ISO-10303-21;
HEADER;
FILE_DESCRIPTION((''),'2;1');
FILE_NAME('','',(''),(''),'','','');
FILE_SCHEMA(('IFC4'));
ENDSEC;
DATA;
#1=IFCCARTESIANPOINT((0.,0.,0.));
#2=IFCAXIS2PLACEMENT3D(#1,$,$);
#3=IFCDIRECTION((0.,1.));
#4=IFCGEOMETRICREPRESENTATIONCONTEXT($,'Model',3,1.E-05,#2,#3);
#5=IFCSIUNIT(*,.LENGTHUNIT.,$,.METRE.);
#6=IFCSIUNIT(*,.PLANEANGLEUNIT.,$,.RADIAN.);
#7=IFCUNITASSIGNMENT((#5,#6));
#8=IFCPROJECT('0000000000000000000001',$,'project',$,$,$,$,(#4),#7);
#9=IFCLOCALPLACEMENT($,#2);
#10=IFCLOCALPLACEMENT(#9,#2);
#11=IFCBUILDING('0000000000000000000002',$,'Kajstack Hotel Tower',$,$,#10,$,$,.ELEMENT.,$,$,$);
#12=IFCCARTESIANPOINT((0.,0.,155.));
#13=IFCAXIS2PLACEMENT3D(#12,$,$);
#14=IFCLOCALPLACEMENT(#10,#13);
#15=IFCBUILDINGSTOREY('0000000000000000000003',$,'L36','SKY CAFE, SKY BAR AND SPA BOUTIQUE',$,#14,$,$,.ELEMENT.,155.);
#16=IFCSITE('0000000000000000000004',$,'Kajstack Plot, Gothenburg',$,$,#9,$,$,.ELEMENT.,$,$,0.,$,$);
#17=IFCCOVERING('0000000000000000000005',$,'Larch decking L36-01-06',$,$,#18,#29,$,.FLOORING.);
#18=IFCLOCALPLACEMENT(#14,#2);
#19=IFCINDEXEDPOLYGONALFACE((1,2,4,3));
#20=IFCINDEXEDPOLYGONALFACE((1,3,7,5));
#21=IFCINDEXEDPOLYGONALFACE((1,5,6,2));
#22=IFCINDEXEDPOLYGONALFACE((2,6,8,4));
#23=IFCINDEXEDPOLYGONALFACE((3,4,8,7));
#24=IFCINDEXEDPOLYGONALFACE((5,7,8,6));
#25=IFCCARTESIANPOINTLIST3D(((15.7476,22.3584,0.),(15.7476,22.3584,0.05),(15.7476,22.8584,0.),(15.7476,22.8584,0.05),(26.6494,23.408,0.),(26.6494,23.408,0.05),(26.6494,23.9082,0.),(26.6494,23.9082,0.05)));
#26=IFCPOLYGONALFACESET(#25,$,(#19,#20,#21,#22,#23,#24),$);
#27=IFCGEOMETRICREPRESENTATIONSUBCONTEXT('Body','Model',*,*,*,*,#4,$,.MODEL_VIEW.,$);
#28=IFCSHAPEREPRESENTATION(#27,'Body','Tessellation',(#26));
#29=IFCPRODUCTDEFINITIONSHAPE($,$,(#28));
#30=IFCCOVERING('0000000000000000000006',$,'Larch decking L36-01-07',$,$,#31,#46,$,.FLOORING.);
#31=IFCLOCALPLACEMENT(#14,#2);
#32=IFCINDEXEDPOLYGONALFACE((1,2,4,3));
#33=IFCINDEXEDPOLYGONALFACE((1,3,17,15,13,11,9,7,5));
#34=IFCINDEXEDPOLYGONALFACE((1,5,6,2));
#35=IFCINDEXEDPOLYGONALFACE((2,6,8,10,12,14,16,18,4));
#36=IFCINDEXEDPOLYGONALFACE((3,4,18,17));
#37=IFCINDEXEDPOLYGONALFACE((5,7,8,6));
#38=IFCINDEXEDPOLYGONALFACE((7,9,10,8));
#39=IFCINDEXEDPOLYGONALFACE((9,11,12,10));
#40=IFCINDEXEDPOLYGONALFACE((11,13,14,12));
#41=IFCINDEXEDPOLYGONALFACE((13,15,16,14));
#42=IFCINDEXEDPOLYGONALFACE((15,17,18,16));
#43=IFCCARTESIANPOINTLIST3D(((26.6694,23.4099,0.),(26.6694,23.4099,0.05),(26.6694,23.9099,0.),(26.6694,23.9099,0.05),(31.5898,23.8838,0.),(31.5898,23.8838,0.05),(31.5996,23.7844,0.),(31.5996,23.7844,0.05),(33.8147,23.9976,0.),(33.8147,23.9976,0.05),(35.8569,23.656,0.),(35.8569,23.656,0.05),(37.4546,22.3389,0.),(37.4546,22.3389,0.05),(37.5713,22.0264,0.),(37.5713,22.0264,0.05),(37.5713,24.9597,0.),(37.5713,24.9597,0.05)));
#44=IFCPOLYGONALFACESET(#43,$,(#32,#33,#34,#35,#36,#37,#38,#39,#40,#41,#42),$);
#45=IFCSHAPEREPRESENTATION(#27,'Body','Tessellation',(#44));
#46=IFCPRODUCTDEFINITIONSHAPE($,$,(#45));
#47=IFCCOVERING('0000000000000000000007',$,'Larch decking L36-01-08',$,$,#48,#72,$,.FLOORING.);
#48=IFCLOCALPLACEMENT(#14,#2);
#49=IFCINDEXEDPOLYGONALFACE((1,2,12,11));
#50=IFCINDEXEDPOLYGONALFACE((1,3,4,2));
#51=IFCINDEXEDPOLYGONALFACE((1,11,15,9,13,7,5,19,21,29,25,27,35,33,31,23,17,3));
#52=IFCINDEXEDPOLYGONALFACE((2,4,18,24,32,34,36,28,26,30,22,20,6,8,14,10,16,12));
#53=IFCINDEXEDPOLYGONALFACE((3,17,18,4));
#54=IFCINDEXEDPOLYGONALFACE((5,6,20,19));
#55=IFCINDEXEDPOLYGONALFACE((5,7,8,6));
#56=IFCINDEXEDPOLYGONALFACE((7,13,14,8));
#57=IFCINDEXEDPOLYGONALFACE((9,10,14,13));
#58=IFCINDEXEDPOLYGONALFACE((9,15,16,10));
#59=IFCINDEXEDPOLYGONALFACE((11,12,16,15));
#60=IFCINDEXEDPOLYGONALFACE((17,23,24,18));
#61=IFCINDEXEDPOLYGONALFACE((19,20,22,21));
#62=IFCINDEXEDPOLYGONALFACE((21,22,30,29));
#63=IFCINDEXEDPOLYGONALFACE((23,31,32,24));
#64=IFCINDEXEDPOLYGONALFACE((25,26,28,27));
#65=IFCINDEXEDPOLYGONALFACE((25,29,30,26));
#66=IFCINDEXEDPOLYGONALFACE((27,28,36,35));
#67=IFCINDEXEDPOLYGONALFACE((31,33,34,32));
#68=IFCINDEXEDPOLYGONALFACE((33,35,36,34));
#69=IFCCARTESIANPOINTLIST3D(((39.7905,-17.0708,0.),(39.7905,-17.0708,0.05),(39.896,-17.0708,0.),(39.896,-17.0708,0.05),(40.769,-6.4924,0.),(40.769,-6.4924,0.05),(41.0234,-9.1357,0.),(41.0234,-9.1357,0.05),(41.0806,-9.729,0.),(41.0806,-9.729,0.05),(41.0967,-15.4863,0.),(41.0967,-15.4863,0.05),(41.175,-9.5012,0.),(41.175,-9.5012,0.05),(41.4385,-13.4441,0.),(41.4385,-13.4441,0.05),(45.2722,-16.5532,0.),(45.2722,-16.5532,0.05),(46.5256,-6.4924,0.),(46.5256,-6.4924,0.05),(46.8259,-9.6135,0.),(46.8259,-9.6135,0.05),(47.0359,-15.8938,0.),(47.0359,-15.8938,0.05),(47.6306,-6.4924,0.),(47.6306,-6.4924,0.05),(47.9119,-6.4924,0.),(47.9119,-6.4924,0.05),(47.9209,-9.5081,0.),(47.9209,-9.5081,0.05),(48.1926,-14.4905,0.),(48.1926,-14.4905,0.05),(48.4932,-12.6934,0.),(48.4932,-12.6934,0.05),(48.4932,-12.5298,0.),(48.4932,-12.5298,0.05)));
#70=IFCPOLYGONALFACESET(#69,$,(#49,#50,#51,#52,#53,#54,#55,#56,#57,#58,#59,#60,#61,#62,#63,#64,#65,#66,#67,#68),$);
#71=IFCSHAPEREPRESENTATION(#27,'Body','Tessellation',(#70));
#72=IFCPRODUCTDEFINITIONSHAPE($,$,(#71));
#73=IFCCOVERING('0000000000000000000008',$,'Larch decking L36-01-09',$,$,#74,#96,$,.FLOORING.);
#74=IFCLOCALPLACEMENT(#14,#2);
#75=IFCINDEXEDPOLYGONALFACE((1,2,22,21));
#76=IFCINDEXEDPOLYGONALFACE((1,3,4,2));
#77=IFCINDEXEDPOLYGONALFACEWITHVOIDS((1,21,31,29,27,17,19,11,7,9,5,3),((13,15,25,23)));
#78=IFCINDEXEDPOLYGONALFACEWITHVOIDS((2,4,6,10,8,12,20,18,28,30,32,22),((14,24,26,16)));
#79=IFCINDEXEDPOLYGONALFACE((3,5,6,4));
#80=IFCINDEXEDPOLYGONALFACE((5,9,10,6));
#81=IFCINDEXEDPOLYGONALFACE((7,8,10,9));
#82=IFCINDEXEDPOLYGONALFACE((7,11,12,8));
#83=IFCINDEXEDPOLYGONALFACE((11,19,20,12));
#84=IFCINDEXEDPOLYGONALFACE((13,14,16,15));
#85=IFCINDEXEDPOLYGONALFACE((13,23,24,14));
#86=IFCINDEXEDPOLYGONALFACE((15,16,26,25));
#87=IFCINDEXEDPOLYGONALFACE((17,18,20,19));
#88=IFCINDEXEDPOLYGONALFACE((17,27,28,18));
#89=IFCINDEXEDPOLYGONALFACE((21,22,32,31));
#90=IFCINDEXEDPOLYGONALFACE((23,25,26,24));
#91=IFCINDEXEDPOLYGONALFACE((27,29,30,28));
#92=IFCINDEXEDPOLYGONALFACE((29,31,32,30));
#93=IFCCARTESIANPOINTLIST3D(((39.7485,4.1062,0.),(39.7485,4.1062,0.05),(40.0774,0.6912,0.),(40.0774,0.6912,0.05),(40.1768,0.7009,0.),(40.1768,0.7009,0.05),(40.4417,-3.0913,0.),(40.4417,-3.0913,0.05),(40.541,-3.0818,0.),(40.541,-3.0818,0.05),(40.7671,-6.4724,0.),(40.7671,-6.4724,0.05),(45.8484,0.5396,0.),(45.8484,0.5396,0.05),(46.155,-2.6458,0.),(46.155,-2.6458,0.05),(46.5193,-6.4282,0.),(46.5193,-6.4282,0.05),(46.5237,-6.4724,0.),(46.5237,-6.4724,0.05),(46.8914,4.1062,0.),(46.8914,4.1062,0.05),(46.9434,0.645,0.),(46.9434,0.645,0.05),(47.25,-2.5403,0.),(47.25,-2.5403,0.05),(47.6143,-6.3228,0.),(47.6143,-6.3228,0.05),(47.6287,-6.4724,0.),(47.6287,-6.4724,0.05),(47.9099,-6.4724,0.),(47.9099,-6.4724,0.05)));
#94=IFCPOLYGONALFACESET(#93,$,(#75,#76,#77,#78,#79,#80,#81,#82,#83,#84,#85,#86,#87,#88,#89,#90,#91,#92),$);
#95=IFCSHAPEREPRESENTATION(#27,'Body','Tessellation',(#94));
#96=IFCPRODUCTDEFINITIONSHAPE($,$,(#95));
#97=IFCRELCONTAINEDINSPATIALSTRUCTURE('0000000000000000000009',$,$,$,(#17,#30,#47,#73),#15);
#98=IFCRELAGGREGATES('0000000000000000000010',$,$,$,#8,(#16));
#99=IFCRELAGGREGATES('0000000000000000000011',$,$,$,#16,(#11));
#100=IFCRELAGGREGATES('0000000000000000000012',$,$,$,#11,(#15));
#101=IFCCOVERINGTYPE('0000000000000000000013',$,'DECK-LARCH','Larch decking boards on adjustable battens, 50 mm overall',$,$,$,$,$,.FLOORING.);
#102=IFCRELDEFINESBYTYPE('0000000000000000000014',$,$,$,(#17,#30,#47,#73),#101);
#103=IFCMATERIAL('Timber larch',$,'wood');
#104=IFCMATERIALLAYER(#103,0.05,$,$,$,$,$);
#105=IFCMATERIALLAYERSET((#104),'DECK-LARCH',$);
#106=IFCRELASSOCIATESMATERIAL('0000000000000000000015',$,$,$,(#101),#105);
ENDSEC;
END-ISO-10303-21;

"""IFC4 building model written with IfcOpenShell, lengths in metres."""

from ifc_helpers import new_model, si_unit, direction, frame, origin, place, context, subcontext, project, spatial, polyline, outline, extrude, material, layer, layer_set, type_object, element, save


model = new_model("IFC4")

# Units and contexts
model_context = context("Model", 3, precision=1e-05, world=origin(), true_north=direction((0.0, 1.0)))
body_context = subcontext(model_context, "Body", "Model", "MODEL_VIEW")
ifc_project = project(units=[si_unit("LENGTHUNIT", "METRE"), si_unit("PLANEANGLEUNIT", "RADIAN")], contexts=[model_context])

# Site, building, storey
site_placement = place(None, origin())
site = spatial("IfcSite", under=ifc_project, at=site_placement, Name="Kajstack Plot, Gothenburg", CompositionType="ELEMENT", RefElevation=0.0)
building_placement = place(site_placement, origin())
building = spatial("IfcBuilding", under=site, at=building_placement, Name="Kajstack Hotel Tower", CompositionType="ELEMENT")
storey_placement = place(building_placement, frame((0.0, 0.0, 155.0)))
storey = spatial("IfcBuildingStorey", under=building, at=storey_placement, Name="L36", Description="SKY CAFE, SKY BAR AND SPA BOUTIQUE", CompositionType="ELEMENT", Elevation=155.0)

# Coverings
ifc_material_1 = material(Name="Timber larch", Category="wood")
ifc_layer_1 = layer(ifc_material_1, 0.05)
ifc_layer_set_1 = layer_set([ifc_layer_1], Name="DECK-LARCH")
covering_type = type_object("IfcCoveringType", Name="DECK-LARCH", Description="Larch decking boards on adjustable battens, 50 mm overall", PredefinedType="FLOORING", material=ifc_layer_set_1)
covering_1_placement = place(storey_placement, origin())
element("IfcCovering", 1, at=covering_1_placement, inside=storey, type_object=covering_type, Name="Larch decking L36-01-06", PredefinedType="FLOORING", context=body_context, shape_type="SweptSolid", body=[
    extrude(outline(polyline([(26.6494, 23.408), (26.6494, 23.9082), (15.7476, 22.8584), (15.7476, 22.3584), (26.6494, 23.408)])), origin(), (0.0, 0.0, 1.0), 0.05),
])
covering_2_placement = place(storey_placement, origin())
element("IfcCovering", 2, at=covering_2_placement, inside=storey, type_object=covering_type, Name="Larch decking L36-01-07", PredefinedType="FLOORING", context=body_context, shape_type="SweptSolid", body=[
    extrude(outline(polyline([(35.8569, 23.656), (37.4546, 22.3389), (37.5713, 22.0264), (37.5713, 24.9597), (26.6694, 23.9099), (26.6694, 23.4099), (31.5898, 23.8838), (31.5996, 23.7844), (33.8147, 23.9976), (35.8569, 23.656)])), origin(), (0.0, 0.0, 1.0), 0.05),
])
covering_3_placement = place(storey_placement, origin())
element("IfcCovering", 3, at=covering_3_placement, inside=storey, type_object=covering_type, Name="Larch decking L36-01-08", PredefinedType="FLOORING", context=body_context, shape_type="SweptSolid", body=[
    extrude(outline(polyline([(47.9119, -6.4924), (47.6306, -6.4924), (47.9209, -9.5081), (46.8259, -9.6135), (46.5256, -6.4924), (40.769, -6.4924), (41.0234, -9.1357), (41.175, -9.5012), (41.0806, -9.729), (41.4385, -13.4441), (41.0967, -15.4863), (39.7905, -17.0708), (39.896, -17.0708), (45.2722, -16.5532), (47.0359, -15.8938), (48.1926, -14.4905), (48.4932, -12.6934), (48.4932, -12.5298), (47.9119, -6.4924)])), origin(), (0.0, 0.0, 1.0), 0.05),
])
covering_4_placement = place(storey_placement, origin())
element("IfcCovering", 4, at=covering_4_placement, inside=storey, type_object=covering_type, Name="Larch decking L36-01-09", PredefinedType="FLOORING", context=body_context, shape_type="SweptSolid", body=[
    extrude(outline(polyline([(46.8914, 4.1062), (39.7485, 4.1062), (40.0774, 0.6912), (40.1768, 0.7009), (40.541, -3.0818), (40.4417, -3.0913), (40.7671, -6.4724), (46.5237, -6.4724), (46.5193, -6.4282), (47.6143, -6.3228), (47.6287, -6.4724), (47.9099, -6.4724), (46.8914, 4.1062)]), holes=[polyline([(46.9434, 0.645), (47.25, -2.5403), (46.155, -2.6458), (45.8484, 0.5396), (46.9434, 0.645)])]), origin(), (0.0, 0.0, 1.0), 0.05),
])

save(model, "model.ifc")
